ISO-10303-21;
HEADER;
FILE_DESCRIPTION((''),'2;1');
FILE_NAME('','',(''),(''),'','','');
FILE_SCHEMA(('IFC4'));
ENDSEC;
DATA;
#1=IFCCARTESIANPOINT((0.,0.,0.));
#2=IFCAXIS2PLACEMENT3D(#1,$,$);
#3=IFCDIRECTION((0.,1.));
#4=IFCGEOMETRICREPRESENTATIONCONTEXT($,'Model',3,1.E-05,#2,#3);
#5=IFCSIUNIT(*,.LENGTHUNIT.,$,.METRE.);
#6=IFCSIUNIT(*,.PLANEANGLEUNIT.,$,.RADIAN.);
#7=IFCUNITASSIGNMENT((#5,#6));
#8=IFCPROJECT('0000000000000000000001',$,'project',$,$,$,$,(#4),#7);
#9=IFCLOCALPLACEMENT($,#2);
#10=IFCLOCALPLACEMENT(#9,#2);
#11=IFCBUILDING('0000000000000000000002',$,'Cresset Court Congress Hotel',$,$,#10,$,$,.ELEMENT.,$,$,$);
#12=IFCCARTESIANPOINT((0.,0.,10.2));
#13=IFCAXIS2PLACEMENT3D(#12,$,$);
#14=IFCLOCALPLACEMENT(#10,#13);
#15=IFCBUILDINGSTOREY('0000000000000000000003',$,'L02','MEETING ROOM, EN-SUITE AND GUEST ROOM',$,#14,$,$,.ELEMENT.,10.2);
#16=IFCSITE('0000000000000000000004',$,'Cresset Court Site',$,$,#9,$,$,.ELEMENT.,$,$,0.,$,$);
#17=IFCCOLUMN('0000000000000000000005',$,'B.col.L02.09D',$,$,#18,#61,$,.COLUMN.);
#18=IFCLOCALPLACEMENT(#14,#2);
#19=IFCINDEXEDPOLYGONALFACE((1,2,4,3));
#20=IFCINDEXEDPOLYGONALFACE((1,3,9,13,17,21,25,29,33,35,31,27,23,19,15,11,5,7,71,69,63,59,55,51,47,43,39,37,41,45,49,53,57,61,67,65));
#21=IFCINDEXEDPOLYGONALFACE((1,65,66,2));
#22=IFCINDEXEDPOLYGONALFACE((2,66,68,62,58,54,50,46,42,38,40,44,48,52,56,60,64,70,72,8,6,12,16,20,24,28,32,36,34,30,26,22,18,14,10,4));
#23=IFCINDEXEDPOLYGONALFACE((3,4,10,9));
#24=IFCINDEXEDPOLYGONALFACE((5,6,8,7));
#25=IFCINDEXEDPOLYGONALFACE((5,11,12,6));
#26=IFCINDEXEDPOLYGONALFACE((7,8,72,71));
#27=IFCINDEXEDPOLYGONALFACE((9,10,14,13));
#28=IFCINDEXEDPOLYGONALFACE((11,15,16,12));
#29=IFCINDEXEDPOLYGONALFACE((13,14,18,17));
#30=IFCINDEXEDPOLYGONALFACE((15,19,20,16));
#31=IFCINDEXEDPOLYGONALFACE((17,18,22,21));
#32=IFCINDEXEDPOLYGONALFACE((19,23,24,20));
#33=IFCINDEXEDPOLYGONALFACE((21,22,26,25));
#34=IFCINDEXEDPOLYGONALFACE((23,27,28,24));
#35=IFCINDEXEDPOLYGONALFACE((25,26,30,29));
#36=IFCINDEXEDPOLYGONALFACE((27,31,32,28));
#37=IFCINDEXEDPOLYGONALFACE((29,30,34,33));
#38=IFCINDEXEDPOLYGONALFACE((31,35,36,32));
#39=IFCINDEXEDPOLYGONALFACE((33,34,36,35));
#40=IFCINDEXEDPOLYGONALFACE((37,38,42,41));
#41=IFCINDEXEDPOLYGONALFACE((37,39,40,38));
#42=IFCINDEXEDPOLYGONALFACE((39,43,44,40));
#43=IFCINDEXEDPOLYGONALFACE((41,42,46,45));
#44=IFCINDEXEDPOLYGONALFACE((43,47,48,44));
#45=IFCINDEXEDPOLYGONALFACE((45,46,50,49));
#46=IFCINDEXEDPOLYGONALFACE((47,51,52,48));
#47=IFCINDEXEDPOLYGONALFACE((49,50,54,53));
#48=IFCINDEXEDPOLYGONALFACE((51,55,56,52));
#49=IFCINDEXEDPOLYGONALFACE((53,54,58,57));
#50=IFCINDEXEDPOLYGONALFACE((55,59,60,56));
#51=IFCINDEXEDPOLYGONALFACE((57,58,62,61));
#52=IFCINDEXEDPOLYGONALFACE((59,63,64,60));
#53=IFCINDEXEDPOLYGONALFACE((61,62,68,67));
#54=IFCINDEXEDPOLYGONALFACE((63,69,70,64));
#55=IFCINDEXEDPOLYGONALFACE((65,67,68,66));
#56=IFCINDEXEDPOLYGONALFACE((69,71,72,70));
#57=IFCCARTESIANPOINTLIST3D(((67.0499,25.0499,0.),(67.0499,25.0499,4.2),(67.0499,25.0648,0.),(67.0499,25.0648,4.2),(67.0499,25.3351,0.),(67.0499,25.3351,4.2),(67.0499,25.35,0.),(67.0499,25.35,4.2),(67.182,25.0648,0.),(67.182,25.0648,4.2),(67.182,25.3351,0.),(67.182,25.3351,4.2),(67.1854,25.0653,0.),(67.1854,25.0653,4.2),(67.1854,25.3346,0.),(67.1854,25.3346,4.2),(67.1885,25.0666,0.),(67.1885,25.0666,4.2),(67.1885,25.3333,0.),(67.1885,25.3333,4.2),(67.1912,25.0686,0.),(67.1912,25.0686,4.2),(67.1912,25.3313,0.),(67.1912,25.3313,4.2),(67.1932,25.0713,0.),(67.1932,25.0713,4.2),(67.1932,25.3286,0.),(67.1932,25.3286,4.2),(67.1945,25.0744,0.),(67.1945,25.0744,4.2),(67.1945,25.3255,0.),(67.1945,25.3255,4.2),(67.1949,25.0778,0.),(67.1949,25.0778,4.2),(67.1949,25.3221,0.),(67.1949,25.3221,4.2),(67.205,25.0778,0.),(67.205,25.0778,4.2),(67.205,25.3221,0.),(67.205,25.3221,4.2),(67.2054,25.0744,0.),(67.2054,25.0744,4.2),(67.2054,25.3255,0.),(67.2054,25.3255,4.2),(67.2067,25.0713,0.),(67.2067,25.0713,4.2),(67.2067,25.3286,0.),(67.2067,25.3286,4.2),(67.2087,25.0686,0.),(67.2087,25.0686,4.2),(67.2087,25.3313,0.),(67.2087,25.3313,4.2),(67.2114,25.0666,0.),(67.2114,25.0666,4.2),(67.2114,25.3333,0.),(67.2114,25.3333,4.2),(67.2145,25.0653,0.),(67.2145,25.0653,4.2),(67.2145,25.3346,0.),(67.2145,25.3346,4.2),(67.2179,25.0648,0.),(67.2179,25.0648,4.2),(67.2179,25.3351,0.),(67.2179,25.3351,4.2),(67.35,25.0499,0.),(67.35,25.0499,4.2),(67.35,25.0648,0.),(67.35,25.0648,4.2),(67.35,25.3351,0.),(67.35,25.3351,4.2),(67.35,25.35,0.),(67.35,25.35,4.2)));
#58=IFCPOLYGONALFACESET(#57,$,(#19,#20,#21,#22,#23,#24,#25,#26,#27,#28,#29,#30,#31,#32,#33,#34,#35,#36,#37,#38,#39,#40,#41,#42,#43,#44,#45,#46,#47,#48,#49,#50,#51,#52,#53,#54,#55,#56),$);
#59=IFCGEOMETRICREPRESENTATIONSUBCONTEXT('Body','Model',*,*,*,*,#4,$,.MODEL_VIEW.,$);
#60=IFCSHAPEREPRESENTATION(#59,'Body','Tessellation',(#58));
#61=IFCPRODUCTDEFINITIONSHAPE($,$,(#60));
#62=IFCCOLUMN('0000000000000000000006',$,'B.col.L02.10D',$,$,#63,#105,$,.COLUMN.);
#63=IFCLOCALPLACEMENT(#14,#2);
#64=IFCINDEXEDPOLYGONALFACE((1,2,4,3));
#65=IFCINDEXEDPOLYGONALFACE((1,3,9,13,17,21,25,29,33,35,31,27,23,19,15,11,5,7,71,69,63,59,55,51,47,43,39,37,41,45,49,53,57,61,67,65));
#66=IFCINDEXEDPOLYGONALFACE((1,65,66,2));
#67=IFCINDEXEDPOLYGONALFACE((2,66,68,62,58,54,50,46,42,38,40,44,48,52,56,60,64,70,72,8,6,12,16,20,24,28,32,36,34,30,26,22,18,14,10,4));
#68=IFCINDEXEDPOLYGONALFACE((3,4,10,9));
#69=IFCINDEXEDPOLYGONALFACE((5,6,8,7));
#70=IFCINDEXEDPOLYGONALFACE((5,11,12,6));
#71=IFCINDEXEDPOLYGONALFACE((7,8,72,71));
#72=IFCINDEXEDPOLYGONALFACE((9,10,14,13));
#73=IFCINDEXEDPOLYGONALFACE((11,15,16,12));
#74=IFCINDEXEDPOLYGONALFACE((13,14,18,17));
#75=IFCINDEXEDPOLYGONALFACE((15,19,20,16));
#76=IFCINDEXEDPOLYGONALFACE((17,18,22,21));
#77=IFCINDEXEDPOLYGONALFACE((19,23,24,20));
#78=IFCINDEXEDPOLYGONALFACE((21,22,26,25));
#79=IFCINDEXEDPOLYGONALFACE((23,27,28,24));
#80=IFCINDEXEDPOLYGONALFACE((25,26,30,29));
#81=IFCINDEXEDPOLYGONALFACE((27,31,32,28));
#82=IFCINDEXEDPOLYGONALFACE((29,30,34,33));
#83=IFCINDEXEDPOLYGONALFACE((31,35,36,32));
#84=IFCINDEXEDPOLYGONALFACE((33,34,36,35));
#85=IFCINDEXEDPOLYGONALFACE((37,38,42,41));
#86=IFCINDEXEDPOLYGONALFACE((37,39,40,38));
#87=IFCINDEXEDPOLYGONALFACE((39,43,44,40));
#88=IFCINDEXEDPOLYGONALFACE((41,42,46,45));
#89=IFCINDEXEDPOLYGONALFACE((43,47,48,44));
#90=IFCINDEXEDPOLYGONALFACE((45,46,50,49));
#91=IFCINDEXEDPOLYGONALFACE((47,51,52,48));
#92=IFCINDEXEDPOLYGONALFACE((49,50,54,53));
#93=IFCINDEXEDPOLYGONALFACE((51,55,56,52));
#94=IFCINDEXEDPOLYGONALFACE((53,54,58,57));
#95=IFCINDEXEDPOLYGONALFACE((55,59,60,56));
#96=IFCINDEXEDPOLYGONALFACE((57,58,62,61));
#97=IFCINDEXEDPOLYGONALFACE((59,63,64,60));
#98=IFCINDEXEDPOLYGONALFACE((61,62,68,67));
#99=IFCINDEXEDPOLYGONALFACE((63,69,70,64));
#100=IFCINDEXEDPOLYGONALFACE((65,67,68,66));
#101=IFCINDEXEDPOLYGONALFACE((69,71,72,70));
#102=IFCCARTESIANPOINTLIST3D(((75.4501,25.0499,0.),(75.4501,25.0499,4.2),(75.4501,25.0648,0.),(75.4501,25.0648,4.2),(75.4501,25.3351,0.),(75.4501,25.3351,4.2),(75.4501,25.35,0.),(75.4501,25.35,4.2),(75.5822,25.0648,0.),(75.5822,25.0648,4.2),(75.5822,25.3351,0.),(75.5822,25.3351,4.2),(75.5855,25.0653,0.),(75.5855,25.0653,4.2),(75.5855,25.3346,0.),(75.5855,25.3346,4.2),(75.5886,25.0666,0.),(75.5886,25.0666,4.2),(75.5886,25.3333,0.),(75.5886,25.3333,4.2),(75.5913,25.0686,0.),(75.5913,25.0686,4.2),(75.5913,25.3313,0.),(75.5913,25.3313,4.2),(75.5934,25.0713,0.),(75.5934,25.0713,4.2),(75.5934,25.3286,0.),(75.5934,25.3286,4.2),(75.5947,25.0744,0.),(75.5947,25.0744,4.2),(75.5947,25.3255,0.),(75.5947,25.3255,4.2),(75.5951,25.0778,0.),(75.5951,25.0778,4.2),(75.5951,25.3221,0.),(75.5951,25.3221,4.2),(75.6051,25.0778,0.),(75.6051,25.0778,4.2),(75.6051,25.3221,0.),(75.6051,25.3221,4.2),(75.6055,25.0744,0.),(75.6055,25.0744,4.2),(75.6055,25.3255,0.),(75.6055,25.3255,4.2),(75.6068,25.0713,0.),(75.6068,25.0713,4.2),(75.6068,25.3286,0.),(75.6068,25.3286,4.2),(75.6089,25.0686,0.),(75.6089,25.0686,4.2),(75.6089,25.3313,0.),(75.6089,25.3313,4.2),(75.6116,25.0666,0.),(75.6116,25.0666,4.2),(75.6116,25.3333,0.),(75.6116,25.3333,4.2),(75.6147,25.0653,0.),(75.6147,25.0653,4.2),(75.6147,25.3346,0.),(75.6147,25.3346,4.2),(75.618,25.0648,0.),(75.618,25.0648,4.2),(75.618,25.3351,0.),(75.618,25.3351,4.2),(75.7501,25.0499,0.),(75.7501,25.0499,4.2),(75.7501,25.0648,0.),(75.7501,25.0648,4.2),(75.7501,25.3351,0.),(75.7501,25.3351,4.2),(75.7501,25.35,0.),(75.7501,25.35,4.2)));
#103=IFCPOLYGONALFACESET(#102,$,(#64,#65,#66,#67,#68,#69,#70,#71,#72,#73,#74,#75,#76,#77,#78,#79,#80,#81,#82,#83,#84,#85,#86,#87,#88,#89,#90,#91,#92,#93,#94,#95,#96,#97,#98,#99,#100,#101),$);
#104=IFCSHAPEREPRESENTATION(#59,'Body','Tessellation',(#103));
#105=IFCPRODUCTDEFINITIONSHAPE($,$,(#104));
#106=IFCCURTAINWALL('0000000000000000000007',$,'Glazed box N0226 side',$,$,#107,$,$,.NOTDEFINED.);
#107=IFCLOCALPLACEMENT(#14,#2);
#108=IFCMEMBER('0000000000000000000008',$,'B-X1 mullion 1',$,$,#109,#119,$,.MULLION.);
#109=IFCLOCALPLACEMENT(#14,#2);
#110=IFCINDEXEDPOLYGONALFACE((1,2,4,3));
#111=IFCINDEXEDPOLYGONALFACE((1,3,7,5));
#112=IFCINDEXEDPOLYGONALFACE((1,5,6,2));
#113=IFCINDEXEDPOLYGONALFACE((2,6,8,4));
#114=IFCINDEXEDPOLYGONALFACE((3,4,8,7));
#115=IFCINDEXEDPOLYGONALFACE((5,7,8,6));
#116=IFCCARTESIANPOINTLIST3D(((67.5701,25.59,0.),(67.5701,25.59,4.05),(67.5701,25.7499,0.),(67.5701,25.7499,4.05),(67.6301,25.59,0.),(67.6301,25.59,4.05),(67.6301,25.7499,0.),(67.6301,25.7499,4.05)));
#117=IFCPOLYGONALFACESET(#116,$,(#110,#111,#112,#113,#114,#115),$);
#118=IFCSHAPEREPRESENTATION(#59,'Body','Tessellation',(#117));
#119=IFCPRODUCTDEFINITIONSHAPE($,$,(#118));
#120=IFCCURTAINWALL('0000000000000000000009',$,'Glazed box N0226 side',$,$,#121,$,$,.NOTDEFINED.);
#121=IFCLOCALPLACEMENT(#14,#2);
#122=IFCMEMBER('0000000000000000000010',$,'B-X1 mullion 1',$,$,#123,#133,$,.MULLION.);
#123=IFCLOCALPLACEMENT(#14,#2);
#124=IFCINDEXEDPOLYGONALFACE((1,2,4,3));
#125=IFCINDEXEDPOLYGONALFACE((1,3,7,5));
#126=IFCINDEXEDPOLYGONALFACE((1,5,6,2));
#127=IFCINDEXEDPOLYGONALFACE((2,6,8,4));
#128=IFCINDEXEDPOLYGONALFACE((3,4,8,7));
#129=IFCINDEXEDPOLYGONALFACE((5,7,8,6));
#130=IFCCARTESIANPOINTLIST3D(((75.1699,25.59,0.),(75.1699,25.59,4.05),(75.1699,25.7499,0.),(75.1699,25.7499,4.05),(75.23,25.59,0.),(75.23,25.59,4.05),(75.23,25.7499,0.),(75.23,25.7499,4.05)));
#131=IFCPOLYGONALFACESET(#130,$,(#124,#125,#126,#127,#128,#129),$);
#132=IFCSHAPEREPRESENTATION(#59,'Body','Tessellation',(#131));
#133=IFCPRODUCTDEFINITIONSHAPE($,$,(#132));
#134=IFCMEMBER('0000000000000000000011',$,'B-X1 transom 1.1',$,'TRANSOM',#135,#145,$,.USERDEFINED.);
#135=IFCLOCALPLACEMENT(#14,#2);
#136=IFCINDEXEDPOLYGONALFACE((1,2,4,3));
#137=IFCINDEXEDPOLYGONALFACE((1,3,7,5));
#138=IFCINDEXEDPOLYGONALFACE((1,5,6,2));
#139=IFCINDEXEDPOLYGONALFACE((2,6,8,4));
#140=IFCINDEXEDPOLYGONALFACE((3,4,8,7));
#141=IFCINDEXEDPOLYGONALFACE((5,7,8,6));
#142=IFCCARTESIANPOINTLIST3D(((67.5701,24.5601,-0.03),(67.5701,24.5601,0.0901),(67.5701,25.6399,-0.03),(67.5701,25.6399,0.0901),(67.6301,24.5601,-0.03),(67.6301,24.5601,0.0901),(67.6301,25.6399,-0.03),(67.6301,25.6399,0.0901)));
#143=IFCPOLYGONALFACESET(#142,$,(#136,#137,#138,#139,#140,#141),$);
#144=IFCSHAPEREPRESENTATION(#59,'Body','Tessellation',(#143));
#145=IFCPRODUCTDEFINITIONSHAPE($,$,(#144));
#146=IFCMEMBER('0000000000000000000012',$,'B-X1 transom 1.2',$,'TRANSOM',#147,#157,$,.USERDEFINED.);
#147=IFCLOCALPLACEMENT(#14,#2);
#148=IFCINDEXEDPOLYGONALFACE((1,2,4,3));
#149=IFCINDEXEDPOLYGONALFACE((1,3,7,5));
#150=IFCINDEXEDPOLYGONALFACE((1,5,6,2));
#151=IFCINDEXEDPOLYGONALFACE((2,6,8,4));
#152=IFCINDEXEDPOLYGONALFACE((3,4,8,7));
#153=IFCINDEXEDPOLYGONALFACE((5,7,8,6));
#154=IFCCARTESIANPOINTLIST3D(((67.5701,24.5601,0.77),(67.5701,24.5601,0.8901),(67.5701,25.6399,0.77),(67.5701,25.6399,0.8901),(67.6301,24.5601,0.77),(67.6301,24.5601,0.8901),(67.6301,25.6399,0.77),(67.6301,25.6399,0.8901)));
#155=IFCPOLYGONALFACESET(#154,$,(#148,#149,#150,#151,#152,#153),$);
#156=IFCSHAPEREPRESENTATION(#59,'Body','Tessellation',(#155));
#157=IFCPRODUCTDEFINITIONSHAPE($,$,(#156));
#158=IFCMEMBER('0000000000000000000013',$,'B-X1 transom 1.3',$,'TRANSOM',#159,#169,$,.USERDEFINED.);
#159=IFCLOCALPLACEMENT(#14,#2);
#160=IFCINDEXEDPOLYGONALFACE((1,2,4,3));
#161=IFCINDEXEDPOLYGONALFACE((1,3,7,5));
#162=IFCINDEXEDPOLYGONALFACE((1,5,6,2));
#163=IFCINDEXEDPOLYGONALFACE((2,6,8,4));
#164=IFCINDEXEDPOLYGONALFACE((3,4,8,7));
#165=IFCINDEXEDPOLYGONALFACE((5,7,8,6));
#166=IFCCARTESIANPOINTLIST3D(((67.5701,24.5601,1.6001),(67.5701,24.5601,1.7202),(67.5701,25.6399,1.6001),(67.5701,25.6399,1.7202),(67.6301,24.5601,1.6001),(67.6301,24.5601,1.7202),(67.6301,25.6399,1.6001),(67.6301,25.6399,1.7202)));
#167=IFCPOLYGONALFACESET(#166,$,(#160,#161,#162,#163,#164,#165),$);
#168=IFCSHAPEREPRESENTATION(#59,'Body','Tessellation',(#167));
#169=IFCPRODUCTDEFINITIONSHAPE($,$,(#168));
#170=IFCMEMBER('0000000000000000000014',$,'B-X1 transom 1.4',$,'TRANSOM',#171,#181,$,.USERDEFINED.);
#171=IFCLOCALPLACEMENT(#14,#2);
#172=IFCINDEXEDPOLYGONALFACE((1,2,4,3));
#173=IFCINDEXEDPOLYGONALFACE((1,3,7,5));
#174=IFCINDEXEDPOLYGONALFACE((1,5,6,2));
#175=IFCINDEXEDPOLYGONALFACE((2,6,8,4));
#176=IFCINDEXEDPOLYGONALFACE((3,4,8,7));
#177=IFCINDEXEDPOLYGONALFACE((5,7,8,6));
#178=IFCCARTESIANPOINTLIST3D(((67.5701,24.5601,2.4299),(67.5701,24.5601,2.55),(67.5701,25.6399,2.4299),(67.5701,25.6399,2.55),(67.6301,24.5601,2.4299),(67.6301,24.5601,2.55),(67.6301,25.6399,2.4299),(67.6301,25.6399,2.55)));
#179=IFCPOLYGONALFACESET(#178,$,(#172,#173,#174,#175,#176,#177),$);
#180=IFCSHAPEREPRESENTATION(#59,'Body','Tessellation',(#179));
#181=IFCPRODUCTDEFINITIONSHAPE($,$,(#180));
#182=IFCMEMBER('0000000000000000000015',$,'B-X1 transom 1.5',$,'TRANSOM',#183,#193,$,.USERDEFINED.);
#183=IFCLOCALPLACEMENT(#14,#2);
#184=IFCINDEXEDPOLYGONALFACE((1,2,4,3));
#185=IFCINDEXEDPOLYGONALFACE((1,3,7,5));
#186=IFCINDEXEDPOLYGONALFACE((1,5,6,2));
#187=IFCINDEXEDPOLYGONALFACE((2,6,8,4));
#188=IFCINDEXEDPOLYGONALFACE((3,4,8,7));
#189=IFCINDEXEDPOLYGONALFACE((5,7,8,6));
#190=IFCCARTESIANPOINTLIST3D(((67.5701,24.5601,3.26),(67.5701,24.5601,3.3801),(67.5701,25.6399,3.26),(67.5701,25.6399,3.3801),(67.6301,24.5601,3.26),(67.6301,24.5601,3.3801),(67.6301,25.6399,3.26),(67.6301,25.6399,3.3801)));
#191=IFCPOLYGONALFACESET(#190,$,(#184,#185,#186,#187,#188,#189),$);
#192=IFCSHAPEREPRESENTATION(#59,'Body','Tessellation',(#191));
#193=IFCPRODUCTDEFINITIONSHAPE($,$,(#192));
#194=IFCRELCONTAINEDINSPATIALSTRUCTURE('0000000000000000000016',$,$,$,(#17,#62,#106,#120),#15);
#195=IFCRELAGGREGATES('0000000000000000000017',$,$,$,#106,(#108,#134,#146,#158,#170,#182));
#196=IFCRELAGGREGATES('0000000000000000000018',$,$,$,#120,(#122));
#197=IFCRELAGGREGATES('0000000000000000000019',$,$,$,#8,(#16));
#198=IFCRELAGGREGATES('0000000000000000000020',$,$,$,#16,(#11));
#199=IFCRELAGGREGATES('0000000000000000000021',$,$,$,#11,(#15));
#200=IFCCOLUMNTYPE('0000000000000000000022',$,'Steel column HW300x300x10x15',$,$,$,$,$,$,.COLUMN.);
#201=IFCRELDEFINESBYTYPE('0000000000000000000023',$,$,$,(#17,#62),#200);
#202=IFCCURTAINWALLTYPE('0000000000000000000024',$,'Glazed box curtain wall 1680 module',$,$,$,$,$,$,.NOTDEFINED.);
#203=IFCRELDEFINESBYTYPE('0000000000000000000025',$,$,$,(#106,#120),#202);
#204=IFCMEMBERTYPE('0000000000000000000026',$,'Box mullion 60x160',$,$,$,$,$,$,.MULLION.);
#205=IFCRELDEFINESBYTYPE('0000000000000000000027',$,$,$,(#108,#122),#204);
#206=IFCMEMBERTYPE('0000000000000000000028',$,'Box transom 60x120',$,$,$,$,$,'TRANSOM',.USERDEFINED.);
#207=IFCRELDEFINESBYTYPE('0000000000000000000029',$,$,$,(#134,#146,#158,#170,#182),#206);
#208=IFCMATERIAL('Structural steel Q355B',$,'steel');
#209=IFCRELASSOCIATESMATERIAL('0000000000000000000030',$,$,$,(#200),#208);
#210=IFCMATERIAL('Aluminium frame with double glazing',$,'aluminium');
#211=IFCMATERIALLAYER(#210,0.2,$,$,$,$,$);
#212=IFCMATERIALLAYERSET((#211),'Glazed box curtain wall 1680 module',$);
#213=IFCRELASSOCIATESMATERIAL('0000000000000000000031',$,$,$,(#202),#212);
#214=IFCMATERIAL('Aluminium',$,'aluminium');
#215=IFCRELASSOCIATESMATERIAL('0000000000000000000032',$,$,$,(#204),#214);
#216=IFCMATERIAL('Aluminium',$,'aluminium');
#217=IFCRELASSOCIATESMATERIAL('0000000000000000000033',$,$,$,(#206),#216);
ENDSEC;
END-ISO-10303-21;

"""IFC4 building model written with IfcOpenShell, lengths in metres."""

from ifc_helpers import new_model, si_unit, direction, frame, origin, origin_2d, place, context, subcontext, project, spatial, rectangle, i_section, extrude, material, layer, layer_set, material_profile, profile_set, type_object, element, aggregate, save


model = new_model("IFC4")

# Units and contexts
model_context = context("Model", 3, precision=1e-05, world=origin(), true_north=direction((0.0, 1.0)))
body_context = subcontext(model_context, "Body", "Model", "MODEL_VIEW")
ifc_project = project(units=[si_unit("LENGTHUNIT", "METRE"), si_unit("PLANEANGLEUNIT", "RADIAN")], contexts=[model_context])

# Site, building, storey
site_placement = place(None, origin())
site = spatial("IfcSite", under=ifc_project, at=site_placement, Name="Cresset Court Site", CompositionType="ELEMENT", RefElevation=0.0)
building_placement = place(site_placement, origin())
building = spatial("IfcBuilding", under=site, at=building_placement, Name="Cresset Court Congress Hotel", CompositionType="ELEMENT")
storey_placement = place(building_placement, frame((0.0, 0.0, 10.2)))
storey = spatial("IfcBuildingStorey", under=building, at=storey_placement, Name="L02", Description="MEETING ROOM, EN-SUITE AND GUEST ROOM", CompositionType="ELEMENT", Elevation=10.2)

# Columns
ifc_material_1 = material(Name="Structural steel Q355B", Category="steel")
ifc_material_profile_1 = material_profile(ifc_material_1, i_section(OverallWidth=0.3, OverallDepth=0.3, WebThickness=0.01, FlangeThickness=0.0149, FilletRadius=0.0129, at=origin_2d()), Name="HW300x300x10x15")
ifc_profile_set_1 = profile_set([ifc_material_profile_1], Name="Structural steel Q355B")
column_type = type_object("IfcColumnType", Name="Steel column HW300x300x10x15", PredefinedType="COLUMN", material=ifc_profile_set_1)
for number, where, z_axis, x_axis, name in (
    (1, (67.2, 25.2, 0.0), (0.0, 0.0, 1.0), (1.0, 0.0, 0.0), "B.col.L02.09D"),
    (2, (75.6001, 25.2, 0.0), (0.0, 0.0, 1.0), (1.0, 0.0, 0.0), "B.col.L02.10D"),
):
    element("IfcColumn", number, at=place(storey_placement, frame(where, z_axis=z_axis, x_axis=x_axis)), inside=storey, type_object=column_type, Name=name, PredefinedType="COLUMN", context=body_context, shape_type="SweptSolid", body=[
        extrude(i_section(OverallWidth=0.3, OverallDepth=0.3, WebThickness=0.01, FlangeThickness=0.0149, FilletRadius=0.0129, at=origin_2d()), origin(), (0.0, 0.0, 1.0), 4.2),
    ])

# Curtain walls, members
ifc_material_2 = material(Name="Aluminium frame with double glazing", Category="aluminium")
ifc_layer_1 = layer(ifc_material_2, 0.2)
ifc_layer_set_1 = layer_set([ifc_layer_1], Name="Glazed box curtain wall 1680 module")
curtain_wall_type = type_object("IfcCurtainWallType", Name="Glazed box curtain wall 1680 module", PredefinedType="NOTDEFINED", material=ifc_layer_set_1)
curtain_wall_1_placement = place(storey_placement, origin())
curtain_wall_1 = element("IfcCurtainWall", 3, at=curtain_wall_1_placement, inside=storey, type_object=curtain_wall_type, Name="Glazed box N0226 side", PredefinedType="NOTDEFINED")
ifc_material_3 = material(Name="Aluminium", Category="aluminium")
ifc_material_profile_2 = material_profile(ifc_material_3, rectangle(XDim=0.0601, YDim=0.1599, at=origin_2d()), Name="Box mullion 60x160")
ifc_profile_set_2 = profile_set([ifc_material_profile_2], Name="Aluminium")
member_type_1 = type_object("IfcMemberType", Name="Box mullion 60x160", PredefinedType="MULLION", material=ifc_profile_set_2)
member_1_placement = place(storey_placement, frame((67.6001, 25.6699, 0.0), z_axis=(0.0, 0.0, 1.0), x_axis=(1.0, 0.0, 0.0)))
member_1 = element("IfcMember", 4, at=member_1_placement, type_object=member_type_1, Name="B-X1 mullion 1", PredefinedType="MULLION", context=body_context, shape_type="SweptSolid", body=[
    extrude(rectangle(XDim=0.0601, YDim=0.1599, at=origin_2d()), origin(), (0.0, 0.0, 1.0), 4.05),
])
curtain_wall_2_placement = place(storey_placement, origin())
curtain_wall_2 = element("IfcCurtainWall", 5, at=curtain_wall_2_placement, inside=storey, type_object=curtain_wall_type, Name="Glazed box N0226 side", PredefinedType="NOTDEFINED")
member_2_placement = place(storey_placement, frame((75.2, 25.6699, 0.0), z_axis=(0.0, 0.0, 1.0), x_axis=(1.0, 0.0, 0.0)))
member_2 = element("IfcMember", 6, at=member_2_placement, type_object=member_type_1, Name="B-X1 mullion 1", PredefinedType="MULLION", context=body_context, shape_type="SweptSolid", body=[
    extrude(rectangle(XDim=0.0601, YDim=0.1599, at=origin_2d()), origin(), (0.0, 0.0, 1.0), 4.05),
])

# Members
ifc_material_4 = material(Name="Aluminium", Category="aluminium")
ifc_material_profile_3 = material_profile(ifc_material_4, rectangle(XDim=0.0601, YDim=0.1201, at=origin_2d()), Name="Box transom 60x120")
ifc_profile_set_3 = profile_set([ifc_material_profile_3], Name="Aluminium")
member_type_2 = type_object("IfcMemberType", Name="Box transom 60x120", ElementType="TRANSOM", PredefinedType="USERDEFINED", material=ifc_profile_set_3)
member_3_placement = place(storey_placement, frame((67.6001, 25.6399, 0.03), z_axis=(0.0, -1.0, 0.0), x_axis=(1.0, 0.0, 0.0)))
member_3 = element("IfcMember", 7, at=member_3_placement, type_object=member_type_2, Name="B-X1 transom 1.1", ObjectType="TRANSOM", PredefinedType="USERDEFINED", context=body_context, shape_type="SweptSolid", body=[
    extrude(rectangle(XDim=0.0601, YDim=0.1201, at=origin_2d()), origin(), (0.0, 0.0, 1.0), 1.0798),
])
member_4_placement = place(storey_placement, frame((67.6001, 25.6399, 0.8301), z_axis=(0.0, -1.0, 0.0), x_axis=(1.0, 0.0, 0.0)))
member_4 = element("IfcMember", 8, at=member_4_placement, type_object=member_type_2, Name="B-X1 transom 1.2", ObjectType="TRANSOM", PredefinedType="USERDEFINED", context=body_context, shape_type="SweptSolid", body=[
    extrude(rectangle(XDim=0.0601, YDim=0.1201, at=origin_2d()), origin(), (0.0, 0.0, 1.0), 1.0798),
])
member_5_placement = place(storey_placement, frame((67.6001, 25.6399, 1.6602), z_axis=(0.0, -1.0, 0.0), x_axis=(1.0, 0.0, 0.0)))
member_5 = element("IfcMember", 9, at=member_5_placement, type_object=member_type_2, Name="B-X1 transom 1.3", ObjectType="TRANSOM", PredefinedType="USERDEFINED", context=body_context, shape_type="SweptSolid", body=[
    extrude(rectangle(XDim=0.0601, YDim=0.1201, at=origin_2d()), origin(), (0.0, 0.0, 1.0), 1.0798),
])
member_6_placement = place(storey_placement, frame((67.6001, 25.6399, 2.49), z_axis=(0.0, -1.0, 0.0), x_axis=(1.0, 0.0, 0.0)))
member_6 = element("IfcMember", 10, at=member_6_placement, type_object=member_type_2, Name="B-X1 transom 1.4", ObjectType="TRANSOM", PredefinedType="USERDEFINED", context=body_context, shape_type="SweptSolid", body=[
    extrude(rectangle(XDim=0.0601, YDim=0.1201, at=origin_2d()), origin(), (0.0, 0.0, 1.0), 1.0798),
])
member_7_placement = place(storey_placement, frame((67.6001, 25.6399, 3.3201), z_axis=(0.0, -1.0, 0.0), x_axis=(1.0, 0.0, 0.0)))
member_7 = element("IfcMember", 11, at=member_7_placement, type_object=member_type_2, Name="B-X1 transom 1.5", ObjectType="TRANSOM", PredefinedType="USERDEFINED", context=body_context, shape_type="SweptSolid", body=[
    extrude(rectangle(XDim=0.0601, YDim=0.1201, at=origin_2d()), origin(), (0.0, 0.0, 1.0), 1.0798),
])
aggregate(curtain_wall_1, [member_1, member_3, member_4, member_5, member_6, member_7])
aggregate(curtain_wall_2, [member_2])

save(model, "model.ifc")
